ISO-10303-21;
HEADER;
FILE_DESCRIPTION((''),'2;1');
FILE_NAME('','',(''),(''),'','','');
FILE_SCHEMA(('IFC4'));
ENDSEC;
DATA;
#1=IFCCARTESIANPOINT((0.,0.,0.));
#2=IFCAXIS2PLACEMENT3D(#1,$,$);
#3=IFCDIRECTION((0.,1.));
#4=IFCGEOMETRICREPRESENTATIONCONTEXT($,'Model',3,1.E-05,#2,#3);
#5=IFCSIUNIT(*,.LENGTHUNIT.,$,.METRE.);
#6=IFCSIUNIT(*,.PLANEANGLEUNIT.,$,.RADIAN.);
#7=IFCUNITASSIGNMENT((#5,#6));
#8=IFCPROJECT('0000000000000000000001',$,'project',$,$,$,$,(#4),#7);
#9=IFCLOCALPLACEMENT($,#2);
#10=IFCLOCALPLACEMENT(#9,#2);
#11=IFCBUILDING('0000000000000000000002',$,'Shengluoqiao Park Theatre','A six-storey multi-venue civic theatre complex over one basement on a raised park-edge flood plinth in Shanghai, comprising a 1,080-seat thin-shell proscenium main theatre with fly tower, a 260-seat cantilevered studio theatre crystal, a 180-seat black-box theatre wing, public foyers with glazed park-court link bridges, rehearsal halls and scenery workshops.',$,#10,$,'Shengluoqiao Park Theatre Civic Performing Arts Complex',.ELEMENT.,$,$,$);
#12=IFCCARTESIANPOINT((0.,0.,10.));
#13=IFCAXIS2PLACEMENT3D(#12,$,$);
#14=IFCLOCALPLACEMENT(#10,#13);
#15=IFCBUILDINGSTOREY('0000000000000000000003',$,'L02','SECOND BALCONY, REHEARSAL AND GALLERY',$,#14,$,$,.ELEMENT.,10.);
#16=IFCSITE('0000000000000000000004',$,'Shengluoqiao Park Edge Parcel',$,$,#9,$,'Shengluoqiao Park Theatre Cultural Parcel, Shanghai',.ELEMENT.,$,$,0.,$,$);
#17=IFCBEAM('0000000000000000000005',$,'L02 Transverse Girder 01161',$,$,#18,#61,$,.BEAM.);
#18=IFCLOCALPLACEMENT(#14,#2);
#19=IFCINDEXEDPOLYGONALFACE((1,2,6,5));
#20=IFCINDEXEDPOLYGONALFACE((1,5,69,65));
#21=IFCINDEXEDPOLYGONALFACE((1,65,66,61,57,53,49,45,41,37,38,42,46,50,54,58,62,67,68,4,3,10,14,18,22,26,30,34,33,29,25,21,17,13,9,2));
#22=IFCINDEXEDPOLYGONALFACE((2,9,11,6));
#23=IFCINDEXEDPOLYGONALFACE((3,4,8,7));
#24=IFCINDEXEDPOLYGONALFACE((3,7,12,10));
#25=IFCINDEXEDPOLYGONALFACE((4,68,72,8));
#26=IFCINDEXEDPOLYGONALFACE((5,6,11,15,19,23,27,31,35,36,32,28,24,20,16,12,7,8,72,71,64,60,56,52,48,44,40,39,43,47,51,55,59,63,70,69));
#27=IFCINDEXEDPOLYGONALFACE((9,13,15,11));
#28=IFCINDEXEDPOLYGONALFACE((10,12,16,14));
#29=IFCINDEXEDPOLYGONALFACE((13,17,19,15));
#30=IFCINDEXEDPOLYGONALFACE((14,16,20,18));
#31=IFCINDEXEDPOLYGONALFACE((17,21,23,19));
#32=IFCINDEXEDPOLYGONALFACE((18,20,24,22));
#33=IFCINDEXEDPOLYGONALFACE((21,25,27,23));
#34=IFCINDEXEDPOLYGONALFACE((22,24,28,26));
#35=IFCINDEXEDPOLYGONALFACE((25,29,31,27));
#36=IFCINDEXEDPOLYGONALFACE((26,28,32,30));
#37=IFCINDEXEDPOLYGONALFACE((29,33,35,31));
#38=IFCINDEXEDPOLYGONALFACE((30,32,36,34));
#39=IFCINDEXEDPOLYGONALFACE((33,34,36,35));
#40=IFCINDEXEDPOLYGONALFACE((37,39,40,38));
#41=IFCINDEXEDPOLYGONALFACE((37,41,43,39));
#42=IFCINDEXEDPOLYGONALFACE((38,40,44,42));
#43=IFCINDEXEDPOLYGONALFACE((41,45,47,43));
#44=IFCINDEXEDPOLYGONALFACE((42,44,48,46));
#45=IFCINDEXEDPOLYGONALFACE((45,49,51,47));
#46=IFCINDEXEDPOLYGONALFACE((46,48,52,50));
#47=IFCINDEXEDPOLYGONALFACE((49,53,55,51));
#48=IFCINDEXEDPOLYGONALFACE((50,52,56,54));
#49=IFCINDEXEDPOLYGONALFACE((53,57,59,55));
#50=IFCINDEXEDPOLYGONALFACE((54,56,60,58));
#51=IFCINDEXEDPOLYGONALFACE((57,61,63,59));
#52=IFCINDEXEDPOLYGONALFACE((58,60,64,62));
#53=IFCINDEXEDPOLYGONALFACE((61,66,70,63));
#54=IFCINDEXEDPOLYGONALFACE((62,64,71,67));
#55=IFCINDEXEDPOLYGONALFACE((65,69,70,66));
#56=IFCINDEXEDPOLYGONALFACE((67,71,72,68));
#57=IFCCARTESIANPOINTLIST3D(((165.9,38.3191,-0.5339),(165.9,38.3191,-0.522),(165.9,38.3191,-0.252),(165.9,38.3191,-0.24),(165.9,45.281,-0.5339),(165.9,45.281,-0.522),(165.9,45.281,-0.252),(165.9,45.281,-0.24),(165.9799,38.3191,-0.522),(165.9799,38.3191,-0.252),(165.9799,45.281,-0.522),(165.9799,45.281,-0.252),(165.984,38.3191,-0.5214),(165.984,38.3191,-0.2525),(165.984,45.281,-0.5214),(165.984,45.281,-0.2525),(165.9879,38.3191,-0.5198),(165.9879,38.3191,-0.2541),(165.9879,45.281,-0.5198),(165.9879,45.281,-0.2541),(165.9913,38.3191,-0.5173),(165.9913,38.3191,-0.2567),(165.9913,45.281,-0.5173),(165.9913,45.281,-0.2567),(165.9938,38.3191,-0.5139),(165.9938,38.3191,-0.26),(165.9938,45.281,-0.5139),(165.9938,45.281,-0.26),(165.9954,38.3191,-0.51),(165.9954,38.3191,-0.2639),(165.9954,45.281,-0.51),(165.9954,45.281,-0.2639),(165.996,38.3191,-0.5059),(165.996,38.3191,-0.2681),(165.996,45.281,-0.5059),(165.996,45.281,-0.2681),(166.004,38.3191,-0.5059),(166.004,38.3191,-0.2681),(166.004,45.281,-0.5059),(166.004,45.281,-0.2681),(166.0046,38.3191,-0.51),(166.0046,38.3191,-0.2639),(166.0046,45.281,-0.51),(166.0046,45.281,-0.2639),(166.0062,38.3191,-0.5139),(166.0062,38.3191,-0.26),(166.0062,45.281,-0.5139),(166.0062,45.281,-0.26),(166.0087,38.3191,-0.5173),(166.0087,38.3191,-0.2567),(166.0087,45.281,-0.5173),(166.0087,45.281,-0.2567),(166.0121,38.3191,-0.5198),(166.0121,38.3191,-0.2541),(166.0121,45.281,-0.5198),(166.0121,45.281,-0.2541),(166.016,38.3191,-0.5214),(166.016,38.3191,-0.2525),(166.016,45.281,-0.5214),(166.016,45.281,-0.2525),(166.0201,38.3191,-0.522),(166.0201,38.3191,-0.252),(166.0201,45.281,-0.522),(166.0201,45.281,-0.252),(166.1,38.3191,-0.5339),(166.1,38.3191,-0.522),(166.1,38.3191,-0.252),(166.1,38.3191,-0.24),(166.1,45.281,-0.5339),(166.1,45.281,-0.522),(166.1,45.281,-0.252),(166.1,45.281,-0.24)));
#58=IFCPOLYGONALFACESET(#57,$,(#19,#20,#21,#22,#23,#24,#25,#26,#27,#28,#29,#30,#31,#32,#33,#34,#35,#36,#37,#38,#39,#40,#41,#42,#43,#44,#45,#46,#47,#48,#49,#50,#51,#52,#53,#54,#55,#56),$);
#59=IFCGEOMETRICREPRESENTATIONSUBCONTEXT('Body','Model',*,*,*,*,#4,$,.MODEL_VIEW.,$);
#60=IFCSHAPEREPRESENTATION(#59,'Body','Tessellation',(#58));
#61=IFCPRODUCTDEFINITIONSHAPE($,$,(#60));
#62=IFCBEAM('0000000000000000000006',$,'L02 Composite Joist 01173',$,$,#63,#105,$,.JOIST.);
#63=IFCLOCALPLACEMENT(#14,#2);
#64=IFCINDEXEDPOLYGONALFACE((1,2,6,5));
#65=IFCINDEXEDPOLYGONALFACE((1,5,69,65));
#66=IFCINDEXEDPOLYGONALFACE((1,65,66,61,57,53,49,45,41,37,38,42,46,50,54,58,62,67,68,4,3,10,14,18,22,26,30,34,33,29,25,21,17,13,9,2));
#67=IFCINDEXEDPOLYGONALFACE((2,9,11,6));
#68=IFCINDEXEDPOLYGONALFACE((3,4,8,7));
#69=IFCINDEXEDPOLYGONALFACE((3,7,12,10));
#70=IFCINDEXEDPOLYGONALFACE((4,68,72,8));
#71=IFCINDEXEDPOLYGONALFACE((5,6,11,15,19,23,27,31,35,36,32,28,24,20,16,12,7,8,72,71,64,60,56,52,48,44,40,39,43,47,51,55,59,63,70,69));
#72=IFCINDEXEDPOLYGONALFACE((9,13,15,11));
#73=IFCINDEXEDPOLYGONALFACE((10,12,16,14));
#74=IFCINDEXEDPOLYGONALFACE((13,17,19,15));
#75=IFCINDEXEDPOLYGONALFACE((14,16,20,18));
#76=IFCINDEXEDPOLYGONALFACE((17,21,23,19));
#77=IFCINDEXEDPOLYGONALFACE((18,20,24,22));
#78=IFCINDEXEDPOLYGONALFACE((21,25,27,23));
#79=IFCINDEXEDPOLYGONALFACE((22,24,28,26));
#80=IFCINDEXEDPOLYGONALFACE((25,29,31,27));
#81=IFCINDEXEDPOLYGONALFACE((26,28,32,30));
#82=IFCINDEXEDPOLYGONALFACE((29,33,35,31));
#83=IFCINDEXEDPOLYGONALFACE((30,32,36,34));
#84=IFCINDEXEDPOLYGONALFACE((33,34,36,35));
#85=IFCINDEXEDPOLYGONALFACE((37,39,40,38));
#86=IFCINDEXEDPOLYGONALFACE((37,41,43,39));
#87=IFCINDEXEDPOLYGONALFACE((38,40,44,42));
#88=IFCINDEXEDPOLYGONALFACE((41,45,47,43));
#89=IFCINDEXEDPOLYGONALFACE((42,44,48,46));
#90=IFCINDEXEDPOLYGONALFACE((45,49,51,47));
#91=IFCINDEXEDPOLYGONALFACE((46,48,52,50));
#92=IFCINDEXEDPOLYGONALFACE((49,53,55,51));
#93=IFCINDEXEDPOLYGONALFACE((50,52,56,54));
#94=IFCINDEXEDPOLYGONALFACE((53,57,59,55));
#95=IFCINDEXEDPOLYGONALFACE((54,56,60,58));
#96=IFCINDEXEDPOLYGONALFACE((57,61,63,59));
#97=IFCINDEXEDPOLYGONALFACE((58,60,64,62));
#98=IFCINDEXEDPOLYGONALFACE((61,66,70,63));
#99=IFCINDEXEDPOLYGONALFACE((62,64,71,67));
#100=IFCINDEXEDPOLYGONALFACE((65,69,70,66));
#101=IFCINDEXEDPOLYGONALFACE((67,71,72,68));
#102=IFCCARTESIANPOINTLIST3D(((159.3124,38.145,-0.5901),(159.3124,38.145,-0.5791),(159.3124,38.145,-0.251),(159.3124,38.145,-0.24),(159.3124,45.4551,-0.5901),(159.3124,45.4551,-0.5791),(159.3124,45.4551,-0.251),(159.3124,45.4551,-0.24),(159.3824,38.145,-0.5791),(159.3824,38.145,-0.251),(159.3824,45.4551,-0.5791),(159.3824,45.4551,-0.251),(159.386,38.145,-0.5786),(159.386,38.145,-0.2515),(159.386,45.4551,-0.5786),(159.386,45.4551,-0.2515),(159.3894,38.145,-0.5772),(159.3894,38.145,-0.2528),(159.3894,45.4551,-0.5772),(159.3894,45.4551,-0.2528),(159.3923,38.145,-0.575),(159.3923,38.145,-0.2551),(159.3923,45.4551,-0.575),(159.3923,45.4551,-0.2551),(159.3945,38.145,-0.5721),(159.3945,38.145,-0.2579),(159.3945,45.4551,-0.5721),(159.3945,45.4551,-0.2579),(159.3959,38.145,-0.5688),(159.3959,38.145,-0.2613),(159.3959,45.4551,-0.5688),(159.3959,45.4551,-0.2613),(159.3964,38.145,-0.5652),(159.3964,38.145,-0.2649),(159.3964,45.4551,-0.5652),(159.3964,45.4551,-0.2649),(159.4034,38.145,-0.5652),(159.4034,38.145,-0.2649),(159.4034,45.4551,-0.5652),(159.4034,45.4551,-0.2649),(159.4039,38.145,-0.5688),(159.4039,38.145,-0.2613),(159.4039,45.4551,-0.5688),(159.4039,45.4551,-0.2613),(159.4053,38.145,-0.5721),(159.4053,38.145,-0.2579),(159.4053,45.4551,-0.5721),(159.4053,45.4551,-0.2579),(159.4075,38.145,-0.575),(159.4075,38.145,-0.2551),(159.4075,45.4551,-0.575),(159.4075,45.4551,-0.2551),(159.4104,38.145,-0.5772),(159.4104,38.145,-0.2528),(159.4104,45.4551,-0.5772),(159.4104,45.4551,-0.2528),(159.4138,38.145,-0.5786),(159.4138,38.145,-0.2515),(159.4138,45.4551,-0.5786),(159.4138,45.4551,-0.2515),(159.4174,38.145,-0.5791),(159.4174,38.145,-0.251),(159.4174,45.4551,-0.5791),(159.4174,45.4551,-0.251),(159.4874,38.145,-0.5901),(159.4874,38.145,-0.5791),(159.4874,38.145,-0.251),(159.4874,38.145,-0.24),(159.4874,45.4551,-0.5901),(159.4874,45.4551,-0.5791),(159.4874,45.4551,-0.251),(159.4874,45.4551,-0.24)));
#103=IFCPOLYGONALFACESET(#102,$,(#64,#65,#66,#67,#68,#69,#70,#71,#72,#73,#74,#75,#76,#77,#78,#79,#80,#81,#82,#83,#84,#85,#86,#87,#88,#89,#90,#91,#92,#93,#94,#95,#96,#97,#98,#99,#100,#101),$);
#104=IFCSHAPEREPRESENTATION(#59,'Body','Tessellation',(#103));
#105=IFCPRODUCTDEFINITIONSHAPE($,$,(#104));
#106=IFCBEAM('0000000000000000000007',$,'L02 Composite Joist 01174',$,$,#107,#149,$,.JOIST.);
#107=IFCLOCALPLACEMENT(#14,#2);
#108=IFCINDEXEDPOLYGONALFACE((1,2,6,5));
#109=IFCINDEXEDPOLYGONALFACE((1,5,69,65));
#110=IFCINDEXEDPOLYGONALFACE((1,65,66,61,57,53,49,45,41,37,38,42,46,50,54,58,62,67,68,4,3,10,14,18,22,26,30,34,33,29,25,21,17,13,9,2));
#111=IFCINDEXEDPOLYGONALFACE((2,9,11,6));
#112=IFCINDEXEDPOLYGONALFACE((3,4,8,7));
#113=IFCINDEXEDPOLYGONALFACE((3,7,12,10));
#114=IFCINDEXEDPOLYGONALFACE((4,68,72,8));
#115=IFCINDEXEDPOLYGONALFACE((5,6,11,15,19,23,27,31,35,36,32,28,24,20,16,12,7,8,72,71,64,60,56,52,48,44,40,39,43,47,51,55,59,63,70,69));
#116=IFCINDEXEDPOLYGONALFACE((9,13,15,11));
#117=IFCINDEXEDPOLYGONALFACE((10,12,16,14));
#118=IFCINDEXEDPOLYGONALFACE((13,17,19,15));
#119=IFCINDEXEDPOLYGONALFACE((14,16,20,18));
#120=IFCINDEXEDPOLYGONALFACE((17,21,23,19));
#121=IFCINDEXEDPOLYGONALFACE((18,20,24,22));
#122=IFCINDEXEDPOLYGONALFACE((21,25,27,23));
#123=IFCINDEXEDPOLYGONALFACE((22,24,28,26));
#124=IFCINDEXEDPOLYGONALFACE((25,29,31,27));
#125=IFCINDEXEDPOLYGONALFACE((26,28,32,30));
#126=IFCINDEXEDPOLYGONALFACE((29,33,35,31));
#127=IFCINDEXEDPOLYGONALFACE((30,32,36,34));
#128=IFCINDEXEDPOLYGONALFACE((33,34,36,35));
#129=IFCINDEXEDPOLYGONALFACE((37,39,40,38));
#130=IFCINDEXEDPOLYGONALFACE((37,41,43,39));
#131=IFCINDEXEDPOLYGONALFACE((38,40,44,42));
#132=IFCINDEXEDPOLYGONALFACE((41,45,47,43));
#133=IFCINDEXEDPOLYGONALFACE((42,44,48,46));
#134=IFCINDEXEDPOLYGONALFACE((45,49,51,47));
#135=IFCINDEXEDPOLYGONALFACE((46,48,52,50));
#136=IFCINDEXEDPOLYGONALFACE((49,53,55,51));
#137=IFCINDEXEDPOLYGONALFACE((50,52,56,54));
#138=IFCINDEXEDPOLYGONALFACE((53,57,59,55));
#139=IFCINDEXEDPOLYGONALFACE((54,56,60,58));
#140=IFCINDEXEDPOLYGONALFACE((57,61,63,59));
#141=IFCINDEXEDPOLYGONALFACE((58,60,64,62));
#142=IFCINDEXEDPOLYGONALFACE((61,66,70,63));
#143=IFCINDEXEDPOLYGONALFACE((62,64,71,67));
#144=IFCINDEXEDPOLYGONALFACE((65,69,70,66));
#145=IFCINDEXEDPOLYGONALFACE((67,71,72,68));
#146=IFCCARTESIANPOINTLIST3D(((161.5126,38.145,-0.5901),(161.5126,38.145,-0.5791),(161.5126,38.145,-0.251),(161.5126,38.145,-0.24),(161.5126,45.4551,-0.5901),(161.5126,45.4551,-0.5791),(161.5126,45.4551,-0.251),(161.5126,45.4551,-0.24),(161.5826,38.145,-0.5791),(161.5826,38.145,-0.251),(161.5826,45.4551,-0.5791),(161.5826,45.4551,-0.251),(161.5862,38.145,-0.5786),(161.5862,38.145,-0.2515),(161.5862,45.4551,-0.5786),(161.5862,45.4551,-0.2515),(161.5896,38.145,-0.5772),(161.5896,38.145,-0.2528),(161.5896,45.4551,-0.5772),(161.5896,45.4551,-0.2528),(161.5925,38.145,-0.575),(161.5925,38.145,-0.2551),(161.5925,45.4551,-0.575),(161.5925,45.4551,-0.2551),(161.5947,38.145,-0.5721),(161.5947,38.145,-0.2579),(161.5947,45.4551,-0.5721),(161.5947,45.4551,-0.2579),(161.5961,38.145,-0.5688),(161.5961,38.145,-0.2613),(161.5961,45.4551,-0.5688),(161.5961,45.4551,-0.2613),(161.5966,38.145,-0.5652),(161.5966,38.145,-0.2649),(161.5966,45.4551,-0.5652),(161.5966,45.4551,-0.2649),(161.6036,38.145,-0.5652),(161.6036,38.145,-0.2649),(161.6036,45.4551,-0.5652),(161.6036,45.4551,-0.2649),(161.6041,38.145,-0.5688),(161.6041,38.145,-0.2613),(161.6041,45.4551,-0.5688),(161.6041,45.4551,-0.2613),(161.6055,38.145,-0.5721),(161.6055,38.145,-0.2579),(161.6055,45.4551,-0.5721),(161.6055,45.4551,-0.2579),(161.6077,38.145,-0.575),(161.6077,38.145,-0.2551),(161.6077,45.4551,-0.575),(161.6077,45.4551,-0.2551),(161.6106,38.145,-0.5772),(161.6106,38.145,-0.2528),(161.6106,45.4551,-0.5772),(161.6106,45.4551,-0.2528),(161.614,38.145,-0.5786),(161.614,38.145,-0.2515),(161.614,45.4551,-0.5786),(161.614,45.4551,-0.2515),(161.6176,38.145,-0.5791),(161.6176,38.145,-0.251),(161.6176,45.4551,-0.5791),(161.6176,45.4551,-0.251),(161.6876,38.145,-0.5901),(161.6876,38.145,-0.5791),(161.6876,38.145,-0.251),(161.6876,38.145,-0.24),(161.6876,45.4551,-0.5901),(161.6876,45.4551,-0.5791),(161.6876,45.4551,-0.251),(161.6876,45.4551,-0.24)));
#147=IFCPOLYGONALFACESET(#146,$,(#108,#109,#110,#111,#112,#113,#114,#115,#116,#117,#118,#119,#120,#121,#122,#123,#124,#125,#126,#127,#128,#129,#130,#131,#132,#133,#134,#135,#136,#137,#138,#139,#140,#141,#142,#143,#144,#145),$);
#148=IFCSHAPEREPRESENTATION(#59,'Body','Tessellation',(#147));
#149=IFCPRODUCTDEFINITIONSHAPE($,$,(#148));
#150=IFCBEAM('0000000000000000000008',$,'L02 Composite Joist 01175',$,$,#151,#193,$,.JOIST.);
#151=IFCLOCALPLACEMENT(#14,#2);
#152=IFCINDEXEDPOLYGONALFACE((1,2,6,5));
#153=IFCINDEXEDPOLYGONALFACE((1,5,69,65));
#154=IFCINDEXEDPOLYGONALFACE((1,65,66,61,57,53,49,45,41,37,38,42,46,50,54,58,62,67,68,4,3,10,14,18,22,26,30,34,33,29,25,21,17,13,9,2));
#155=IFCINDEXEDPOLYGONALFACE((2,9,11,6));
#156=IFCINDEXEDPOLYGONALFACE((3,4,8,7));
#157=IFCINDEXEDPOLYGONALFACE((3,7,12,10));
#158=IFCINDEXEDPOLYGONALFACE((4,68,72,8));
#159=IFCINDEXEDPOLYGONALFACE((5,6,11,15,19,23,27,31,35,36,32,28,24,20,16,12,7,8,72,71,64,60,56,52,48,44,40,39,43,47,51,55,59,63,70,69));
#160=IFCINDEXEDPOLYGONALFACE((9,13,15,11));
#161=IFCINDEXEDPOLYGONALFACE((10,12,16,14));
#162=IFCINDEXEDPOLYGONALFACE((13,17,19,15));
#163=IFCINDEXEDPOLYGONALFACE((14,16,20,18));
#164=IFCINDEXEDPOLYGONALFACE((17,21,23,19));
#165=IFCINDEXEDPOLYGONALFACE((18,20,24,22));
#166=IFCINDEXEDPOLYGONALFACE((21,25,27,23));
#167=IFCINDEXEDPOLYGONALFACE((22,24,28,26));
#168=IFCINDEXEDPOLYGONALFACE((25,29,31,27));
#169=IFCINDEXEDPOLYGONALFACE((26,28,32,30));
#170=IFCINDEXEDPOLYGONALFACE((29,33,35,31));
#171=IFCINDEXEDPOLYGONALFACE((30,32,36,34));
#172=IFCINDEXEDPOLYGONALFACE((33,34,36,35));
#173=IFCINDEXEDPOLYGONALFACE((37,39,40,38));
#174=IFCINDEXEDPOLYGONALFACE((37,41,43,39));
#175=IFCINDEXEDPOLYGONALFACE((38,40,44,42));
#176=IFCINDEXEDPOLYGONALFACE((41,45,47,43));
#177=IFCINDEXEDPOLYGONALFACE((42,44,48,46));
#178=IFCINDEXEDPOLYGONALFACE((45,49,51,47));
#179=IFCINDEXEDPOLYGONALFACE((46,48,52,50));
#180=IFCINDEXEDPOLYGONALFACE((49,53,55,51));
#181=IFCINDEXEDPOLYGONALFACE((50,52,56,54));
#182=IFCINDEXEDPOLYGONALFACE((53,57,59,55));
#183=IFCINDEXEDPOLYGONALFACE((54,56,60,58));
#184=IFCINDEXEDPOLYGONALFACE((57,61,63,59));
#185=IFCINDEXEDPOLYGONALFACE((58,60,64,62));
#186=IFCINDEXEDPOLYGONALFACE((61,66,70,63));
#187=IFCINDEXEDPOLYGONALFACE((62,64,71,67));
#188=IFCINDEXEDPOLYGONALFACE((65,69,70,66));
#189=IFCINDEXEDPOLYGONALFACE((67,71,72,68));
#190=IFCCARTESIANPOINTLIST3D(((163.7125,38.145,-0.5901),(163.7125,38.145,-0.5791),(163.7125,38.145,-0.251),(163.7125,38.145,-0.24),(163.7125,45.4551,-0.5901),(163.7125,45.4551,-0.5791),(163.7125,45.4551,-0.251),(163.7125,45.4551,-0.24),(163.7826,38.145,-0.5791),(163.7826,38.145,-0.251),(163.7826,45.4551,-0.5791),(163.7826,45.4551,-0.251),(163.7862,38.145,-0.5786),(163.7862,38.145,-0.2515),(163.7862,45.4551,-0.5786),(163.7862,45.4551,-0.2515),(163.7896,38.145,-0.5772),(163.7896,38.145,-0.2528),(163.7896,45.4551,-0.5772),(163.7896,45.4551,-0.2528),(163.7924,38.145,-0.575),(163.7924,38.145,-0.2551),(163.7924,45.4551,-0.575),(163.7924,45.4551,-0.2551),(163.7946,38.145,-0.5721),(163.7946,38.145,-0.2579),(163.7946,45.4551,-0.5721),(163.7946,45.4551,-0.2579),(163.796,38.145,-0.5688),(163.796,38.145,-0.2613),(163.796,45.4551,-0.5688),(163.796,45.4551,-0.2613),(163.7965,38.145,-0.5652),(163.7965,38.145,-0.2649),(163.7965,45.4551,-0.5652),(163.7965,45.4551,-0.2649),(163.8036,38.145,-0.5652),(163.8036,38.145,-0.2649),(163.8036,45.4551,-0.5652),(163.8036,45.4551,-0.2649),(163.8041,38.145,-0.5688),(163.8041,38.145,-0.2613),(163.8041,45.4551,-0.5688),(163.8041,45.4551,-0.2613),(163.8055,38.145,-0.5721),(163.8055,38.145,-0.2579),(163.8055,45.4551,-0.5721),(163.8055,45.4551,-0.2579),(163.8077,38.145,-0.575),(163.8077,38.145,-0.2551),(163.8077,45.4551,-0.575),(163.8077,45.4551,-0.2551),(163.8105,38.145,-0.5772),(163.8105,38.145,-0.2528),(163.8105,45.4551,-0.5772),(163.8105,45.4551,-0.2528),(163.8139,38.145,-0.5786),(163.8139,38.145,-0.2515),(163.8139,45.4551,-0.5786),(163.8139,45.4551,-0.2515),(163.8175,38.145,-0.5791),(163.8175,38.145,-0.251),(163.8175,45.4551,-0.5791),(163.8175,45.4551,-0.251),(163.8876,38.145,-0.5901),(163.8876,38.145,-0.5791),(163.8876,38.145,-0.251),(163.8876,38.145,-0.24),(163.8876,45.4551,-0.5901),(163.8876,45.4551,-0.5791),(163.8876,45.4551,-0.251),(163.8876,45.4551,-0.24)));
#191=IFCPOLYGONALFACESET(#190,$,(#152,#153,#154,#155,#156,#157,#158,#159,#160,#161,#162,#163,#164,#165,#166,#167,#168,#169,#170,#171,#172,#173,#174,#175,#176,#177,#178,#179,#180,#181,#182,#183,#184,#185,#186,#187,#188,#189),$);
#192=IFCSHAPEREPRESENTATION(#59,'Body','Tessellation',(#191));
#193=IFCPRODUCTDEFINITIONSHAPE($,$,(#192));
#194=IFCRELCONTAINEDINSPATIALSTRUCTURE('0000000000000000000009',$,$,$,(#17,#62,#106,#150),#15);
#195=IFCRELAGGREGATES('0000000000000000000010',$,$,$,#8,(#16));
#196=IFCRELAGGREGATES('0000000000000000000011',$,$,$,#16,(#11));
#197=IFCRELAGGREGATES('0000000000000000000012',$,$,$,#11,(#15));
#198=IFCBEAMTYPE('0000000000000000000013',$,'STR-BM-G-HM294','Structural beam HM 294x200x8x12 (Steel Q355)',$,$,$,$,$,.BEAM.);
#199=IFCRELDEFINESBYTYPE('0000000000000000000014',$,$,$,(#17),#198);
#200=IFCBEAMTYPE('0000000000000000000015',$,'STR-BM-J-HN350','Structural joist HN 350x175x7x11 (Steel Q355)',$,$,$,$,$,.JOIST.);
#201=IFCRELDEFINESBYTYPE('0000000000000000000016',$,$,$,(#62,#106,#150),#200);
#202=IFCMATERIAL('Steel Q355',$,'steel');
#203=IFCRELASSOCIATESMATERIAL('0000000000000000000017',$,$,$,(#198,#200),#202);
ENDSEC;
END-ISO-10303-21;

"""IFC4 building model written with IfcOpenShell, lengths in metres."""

from ifc_helpers import new_model, si_unit, direction, frame, origin, origin_2d, place, context, subcontext, project, spatial, i_section, extrude, material, material_profile, profile_set, type_object, element, save


model = new_model("IFC4")

# Units and contexts
model_context = context("Model", 3, precision=1e-05, world=origin(), true_north=direction((0.0, 1.0)))
body_context = subcontext(model_context, "Body", "Model", "MODEL_VIEW")
ifc_project = project(units=[si_unit("LENGTHUNIT", "METRE"), si_unit("PLANEANGLEUNIT", "RADIAN")], contexts=[model_context])

# Site, building, storey
site_placement = place(None, origin())
site = spatial("IfcSite", under=ifc_project, at=site_placement, Name="Shengluoqiao Park Edge Parcel", LongName="Shengluoqiao Park Theatre Cultural Parcel, Shanghai", CompositionType="ELEMENT", RefElevation=0.0)
building_placement = place(site_placement, origin())
building = spatial("IfcBuilding", under=site, at=building_placement, Name="Shengluoqiao Park Theatre", Description="A six-storey multi-venue civic theatre complex over one basement on a raised park-edge flood plinth in Shanghai, comprising a 1,080-seat thin-shell proscenium main theatre with fly tower, a 260-seat cantilevered studio theatre crystal, a 180-seat black-box theatre wing, public foyers with glazed park-court link bridges, rehearsal halls and scenery workshops.", LongName="Shengluoqiao Park Theatre Civic Performing Arts Complex", CompositionType="ELEMENT")
storey_placement = place(building_placement, frame((0.0, 0.0, 10.0)))
storey = spatial("IfcBuildingStorey", under=building, at=storey_placement, Name="L02", Description="SECOND BALCONY, REHEARSAL AND GALLERY", CompositionType="ELEMENT", Elevation=10.0)

# Beams
ifc_material_1 = material(Name="Steel Q355", Category="steel")
ifc_material_profile_1 = material_profile(ifc_material_1, i_section(OverallWidth=0.2, OverallDepth=0.2939, WebThickness=0.0081, FlangeThickness=0.012, FilletRadius=0.0161, at=origin_2d()), Name="HM 294x200x8x12")
ifc_profile_set_1 = profile_set([ifc_material_profile_1], Name="Steel Q355")
beam_type_1 = type_object("IfcBeamType", Name="STR-BM-G-HM294", Description="Structural beam HM 294x200x8x12 (Steel Q355)", PredefinedType="BEAM", material=ifc_profile_set_1)
for number, where, z_axis, x_axis, name in (
    (1, (166.0, 38.3191, -0.387), (0.0, 1.0, 0.0), (-1.0, 0.0, 0.0), "L02 Transverse Girder 01161"),
):
    element("IfcBeam", number, at=place(storey_placement, frame(where, z_axis=z_axis, x_axis=x_axis)), inside=storey, type_object=beam_type_1, Name=name, PredefinedType="BEAM", context=body_context, shape_type="SweptSolid", body=[
        extrude(i_section(OverallWidth=0.2, OverallDepth=0.2939, WebThickness=0.0081, FlangeThickness=0.012, FilletRadius=0.0161, at=origin_2d()), origin(), (0.0, 0.0, 1.0), 6.9619),
    ])
ifc_material_profile_2 = material_profile(ifc_material_1, i_section(OverallWidth=0.175, OverallDepth=0.3501, WebThickness=0.0071, FlangeThickness=0.011, FilletRadius=0.0139, at=origin_2d()), Name="HN 350x175x7x11")
ifc_profile_set_2 = profile_set([ifc_material_profile_2], Name="Steel Q355")
beam_type_2 = type_object("IfcBeamType", Name="STR-BM-J-HN350", Description="Structural joist HN 350x175x7x11 (Steel Q355)", PredefinedType="JOIST", material=ifc_profile_set_2)
for number, where, z_axis, x_axis, name in (
    (2, (159.3999, 38.145, -0.415), (0.0, 1.0, 0.0), (-1.0, 0.0, 0.0), "L02 Composite Joist 01173"),
    (3, (161.6001, 38.145, -0.415), (0.0, 1.0, 0.0), (-1.0, 0.0, 0.0), "L02 Composite Joist 01174"),
    (4, (163.8, 38.145, -0.415), (0.0, 1.0, 0.0), (-1.0, 0.0, 0.0), "L02 Composite Joist 01175"),
):
    element("IfcBeam", number, at=place(storey_placement, frame(where, z_axis=z_axis, x_axis=x_axis)), inside=storey, type_object=beam_type_2, Name=name, PredefinedType="JOIST", context=body_context, shape_type="SweptSolid", body=[
        extrude(i_section(OverallWidth=0.175, OverallDepth=0.3501, WebThickness=0.0071, FlangeThickness=0.011, FilletRadius=0.0139, at=origin_2d()), origin(), (0.0, 0.0, 1.0), 7.3101),
    ])

save(model, "model.ifc")
